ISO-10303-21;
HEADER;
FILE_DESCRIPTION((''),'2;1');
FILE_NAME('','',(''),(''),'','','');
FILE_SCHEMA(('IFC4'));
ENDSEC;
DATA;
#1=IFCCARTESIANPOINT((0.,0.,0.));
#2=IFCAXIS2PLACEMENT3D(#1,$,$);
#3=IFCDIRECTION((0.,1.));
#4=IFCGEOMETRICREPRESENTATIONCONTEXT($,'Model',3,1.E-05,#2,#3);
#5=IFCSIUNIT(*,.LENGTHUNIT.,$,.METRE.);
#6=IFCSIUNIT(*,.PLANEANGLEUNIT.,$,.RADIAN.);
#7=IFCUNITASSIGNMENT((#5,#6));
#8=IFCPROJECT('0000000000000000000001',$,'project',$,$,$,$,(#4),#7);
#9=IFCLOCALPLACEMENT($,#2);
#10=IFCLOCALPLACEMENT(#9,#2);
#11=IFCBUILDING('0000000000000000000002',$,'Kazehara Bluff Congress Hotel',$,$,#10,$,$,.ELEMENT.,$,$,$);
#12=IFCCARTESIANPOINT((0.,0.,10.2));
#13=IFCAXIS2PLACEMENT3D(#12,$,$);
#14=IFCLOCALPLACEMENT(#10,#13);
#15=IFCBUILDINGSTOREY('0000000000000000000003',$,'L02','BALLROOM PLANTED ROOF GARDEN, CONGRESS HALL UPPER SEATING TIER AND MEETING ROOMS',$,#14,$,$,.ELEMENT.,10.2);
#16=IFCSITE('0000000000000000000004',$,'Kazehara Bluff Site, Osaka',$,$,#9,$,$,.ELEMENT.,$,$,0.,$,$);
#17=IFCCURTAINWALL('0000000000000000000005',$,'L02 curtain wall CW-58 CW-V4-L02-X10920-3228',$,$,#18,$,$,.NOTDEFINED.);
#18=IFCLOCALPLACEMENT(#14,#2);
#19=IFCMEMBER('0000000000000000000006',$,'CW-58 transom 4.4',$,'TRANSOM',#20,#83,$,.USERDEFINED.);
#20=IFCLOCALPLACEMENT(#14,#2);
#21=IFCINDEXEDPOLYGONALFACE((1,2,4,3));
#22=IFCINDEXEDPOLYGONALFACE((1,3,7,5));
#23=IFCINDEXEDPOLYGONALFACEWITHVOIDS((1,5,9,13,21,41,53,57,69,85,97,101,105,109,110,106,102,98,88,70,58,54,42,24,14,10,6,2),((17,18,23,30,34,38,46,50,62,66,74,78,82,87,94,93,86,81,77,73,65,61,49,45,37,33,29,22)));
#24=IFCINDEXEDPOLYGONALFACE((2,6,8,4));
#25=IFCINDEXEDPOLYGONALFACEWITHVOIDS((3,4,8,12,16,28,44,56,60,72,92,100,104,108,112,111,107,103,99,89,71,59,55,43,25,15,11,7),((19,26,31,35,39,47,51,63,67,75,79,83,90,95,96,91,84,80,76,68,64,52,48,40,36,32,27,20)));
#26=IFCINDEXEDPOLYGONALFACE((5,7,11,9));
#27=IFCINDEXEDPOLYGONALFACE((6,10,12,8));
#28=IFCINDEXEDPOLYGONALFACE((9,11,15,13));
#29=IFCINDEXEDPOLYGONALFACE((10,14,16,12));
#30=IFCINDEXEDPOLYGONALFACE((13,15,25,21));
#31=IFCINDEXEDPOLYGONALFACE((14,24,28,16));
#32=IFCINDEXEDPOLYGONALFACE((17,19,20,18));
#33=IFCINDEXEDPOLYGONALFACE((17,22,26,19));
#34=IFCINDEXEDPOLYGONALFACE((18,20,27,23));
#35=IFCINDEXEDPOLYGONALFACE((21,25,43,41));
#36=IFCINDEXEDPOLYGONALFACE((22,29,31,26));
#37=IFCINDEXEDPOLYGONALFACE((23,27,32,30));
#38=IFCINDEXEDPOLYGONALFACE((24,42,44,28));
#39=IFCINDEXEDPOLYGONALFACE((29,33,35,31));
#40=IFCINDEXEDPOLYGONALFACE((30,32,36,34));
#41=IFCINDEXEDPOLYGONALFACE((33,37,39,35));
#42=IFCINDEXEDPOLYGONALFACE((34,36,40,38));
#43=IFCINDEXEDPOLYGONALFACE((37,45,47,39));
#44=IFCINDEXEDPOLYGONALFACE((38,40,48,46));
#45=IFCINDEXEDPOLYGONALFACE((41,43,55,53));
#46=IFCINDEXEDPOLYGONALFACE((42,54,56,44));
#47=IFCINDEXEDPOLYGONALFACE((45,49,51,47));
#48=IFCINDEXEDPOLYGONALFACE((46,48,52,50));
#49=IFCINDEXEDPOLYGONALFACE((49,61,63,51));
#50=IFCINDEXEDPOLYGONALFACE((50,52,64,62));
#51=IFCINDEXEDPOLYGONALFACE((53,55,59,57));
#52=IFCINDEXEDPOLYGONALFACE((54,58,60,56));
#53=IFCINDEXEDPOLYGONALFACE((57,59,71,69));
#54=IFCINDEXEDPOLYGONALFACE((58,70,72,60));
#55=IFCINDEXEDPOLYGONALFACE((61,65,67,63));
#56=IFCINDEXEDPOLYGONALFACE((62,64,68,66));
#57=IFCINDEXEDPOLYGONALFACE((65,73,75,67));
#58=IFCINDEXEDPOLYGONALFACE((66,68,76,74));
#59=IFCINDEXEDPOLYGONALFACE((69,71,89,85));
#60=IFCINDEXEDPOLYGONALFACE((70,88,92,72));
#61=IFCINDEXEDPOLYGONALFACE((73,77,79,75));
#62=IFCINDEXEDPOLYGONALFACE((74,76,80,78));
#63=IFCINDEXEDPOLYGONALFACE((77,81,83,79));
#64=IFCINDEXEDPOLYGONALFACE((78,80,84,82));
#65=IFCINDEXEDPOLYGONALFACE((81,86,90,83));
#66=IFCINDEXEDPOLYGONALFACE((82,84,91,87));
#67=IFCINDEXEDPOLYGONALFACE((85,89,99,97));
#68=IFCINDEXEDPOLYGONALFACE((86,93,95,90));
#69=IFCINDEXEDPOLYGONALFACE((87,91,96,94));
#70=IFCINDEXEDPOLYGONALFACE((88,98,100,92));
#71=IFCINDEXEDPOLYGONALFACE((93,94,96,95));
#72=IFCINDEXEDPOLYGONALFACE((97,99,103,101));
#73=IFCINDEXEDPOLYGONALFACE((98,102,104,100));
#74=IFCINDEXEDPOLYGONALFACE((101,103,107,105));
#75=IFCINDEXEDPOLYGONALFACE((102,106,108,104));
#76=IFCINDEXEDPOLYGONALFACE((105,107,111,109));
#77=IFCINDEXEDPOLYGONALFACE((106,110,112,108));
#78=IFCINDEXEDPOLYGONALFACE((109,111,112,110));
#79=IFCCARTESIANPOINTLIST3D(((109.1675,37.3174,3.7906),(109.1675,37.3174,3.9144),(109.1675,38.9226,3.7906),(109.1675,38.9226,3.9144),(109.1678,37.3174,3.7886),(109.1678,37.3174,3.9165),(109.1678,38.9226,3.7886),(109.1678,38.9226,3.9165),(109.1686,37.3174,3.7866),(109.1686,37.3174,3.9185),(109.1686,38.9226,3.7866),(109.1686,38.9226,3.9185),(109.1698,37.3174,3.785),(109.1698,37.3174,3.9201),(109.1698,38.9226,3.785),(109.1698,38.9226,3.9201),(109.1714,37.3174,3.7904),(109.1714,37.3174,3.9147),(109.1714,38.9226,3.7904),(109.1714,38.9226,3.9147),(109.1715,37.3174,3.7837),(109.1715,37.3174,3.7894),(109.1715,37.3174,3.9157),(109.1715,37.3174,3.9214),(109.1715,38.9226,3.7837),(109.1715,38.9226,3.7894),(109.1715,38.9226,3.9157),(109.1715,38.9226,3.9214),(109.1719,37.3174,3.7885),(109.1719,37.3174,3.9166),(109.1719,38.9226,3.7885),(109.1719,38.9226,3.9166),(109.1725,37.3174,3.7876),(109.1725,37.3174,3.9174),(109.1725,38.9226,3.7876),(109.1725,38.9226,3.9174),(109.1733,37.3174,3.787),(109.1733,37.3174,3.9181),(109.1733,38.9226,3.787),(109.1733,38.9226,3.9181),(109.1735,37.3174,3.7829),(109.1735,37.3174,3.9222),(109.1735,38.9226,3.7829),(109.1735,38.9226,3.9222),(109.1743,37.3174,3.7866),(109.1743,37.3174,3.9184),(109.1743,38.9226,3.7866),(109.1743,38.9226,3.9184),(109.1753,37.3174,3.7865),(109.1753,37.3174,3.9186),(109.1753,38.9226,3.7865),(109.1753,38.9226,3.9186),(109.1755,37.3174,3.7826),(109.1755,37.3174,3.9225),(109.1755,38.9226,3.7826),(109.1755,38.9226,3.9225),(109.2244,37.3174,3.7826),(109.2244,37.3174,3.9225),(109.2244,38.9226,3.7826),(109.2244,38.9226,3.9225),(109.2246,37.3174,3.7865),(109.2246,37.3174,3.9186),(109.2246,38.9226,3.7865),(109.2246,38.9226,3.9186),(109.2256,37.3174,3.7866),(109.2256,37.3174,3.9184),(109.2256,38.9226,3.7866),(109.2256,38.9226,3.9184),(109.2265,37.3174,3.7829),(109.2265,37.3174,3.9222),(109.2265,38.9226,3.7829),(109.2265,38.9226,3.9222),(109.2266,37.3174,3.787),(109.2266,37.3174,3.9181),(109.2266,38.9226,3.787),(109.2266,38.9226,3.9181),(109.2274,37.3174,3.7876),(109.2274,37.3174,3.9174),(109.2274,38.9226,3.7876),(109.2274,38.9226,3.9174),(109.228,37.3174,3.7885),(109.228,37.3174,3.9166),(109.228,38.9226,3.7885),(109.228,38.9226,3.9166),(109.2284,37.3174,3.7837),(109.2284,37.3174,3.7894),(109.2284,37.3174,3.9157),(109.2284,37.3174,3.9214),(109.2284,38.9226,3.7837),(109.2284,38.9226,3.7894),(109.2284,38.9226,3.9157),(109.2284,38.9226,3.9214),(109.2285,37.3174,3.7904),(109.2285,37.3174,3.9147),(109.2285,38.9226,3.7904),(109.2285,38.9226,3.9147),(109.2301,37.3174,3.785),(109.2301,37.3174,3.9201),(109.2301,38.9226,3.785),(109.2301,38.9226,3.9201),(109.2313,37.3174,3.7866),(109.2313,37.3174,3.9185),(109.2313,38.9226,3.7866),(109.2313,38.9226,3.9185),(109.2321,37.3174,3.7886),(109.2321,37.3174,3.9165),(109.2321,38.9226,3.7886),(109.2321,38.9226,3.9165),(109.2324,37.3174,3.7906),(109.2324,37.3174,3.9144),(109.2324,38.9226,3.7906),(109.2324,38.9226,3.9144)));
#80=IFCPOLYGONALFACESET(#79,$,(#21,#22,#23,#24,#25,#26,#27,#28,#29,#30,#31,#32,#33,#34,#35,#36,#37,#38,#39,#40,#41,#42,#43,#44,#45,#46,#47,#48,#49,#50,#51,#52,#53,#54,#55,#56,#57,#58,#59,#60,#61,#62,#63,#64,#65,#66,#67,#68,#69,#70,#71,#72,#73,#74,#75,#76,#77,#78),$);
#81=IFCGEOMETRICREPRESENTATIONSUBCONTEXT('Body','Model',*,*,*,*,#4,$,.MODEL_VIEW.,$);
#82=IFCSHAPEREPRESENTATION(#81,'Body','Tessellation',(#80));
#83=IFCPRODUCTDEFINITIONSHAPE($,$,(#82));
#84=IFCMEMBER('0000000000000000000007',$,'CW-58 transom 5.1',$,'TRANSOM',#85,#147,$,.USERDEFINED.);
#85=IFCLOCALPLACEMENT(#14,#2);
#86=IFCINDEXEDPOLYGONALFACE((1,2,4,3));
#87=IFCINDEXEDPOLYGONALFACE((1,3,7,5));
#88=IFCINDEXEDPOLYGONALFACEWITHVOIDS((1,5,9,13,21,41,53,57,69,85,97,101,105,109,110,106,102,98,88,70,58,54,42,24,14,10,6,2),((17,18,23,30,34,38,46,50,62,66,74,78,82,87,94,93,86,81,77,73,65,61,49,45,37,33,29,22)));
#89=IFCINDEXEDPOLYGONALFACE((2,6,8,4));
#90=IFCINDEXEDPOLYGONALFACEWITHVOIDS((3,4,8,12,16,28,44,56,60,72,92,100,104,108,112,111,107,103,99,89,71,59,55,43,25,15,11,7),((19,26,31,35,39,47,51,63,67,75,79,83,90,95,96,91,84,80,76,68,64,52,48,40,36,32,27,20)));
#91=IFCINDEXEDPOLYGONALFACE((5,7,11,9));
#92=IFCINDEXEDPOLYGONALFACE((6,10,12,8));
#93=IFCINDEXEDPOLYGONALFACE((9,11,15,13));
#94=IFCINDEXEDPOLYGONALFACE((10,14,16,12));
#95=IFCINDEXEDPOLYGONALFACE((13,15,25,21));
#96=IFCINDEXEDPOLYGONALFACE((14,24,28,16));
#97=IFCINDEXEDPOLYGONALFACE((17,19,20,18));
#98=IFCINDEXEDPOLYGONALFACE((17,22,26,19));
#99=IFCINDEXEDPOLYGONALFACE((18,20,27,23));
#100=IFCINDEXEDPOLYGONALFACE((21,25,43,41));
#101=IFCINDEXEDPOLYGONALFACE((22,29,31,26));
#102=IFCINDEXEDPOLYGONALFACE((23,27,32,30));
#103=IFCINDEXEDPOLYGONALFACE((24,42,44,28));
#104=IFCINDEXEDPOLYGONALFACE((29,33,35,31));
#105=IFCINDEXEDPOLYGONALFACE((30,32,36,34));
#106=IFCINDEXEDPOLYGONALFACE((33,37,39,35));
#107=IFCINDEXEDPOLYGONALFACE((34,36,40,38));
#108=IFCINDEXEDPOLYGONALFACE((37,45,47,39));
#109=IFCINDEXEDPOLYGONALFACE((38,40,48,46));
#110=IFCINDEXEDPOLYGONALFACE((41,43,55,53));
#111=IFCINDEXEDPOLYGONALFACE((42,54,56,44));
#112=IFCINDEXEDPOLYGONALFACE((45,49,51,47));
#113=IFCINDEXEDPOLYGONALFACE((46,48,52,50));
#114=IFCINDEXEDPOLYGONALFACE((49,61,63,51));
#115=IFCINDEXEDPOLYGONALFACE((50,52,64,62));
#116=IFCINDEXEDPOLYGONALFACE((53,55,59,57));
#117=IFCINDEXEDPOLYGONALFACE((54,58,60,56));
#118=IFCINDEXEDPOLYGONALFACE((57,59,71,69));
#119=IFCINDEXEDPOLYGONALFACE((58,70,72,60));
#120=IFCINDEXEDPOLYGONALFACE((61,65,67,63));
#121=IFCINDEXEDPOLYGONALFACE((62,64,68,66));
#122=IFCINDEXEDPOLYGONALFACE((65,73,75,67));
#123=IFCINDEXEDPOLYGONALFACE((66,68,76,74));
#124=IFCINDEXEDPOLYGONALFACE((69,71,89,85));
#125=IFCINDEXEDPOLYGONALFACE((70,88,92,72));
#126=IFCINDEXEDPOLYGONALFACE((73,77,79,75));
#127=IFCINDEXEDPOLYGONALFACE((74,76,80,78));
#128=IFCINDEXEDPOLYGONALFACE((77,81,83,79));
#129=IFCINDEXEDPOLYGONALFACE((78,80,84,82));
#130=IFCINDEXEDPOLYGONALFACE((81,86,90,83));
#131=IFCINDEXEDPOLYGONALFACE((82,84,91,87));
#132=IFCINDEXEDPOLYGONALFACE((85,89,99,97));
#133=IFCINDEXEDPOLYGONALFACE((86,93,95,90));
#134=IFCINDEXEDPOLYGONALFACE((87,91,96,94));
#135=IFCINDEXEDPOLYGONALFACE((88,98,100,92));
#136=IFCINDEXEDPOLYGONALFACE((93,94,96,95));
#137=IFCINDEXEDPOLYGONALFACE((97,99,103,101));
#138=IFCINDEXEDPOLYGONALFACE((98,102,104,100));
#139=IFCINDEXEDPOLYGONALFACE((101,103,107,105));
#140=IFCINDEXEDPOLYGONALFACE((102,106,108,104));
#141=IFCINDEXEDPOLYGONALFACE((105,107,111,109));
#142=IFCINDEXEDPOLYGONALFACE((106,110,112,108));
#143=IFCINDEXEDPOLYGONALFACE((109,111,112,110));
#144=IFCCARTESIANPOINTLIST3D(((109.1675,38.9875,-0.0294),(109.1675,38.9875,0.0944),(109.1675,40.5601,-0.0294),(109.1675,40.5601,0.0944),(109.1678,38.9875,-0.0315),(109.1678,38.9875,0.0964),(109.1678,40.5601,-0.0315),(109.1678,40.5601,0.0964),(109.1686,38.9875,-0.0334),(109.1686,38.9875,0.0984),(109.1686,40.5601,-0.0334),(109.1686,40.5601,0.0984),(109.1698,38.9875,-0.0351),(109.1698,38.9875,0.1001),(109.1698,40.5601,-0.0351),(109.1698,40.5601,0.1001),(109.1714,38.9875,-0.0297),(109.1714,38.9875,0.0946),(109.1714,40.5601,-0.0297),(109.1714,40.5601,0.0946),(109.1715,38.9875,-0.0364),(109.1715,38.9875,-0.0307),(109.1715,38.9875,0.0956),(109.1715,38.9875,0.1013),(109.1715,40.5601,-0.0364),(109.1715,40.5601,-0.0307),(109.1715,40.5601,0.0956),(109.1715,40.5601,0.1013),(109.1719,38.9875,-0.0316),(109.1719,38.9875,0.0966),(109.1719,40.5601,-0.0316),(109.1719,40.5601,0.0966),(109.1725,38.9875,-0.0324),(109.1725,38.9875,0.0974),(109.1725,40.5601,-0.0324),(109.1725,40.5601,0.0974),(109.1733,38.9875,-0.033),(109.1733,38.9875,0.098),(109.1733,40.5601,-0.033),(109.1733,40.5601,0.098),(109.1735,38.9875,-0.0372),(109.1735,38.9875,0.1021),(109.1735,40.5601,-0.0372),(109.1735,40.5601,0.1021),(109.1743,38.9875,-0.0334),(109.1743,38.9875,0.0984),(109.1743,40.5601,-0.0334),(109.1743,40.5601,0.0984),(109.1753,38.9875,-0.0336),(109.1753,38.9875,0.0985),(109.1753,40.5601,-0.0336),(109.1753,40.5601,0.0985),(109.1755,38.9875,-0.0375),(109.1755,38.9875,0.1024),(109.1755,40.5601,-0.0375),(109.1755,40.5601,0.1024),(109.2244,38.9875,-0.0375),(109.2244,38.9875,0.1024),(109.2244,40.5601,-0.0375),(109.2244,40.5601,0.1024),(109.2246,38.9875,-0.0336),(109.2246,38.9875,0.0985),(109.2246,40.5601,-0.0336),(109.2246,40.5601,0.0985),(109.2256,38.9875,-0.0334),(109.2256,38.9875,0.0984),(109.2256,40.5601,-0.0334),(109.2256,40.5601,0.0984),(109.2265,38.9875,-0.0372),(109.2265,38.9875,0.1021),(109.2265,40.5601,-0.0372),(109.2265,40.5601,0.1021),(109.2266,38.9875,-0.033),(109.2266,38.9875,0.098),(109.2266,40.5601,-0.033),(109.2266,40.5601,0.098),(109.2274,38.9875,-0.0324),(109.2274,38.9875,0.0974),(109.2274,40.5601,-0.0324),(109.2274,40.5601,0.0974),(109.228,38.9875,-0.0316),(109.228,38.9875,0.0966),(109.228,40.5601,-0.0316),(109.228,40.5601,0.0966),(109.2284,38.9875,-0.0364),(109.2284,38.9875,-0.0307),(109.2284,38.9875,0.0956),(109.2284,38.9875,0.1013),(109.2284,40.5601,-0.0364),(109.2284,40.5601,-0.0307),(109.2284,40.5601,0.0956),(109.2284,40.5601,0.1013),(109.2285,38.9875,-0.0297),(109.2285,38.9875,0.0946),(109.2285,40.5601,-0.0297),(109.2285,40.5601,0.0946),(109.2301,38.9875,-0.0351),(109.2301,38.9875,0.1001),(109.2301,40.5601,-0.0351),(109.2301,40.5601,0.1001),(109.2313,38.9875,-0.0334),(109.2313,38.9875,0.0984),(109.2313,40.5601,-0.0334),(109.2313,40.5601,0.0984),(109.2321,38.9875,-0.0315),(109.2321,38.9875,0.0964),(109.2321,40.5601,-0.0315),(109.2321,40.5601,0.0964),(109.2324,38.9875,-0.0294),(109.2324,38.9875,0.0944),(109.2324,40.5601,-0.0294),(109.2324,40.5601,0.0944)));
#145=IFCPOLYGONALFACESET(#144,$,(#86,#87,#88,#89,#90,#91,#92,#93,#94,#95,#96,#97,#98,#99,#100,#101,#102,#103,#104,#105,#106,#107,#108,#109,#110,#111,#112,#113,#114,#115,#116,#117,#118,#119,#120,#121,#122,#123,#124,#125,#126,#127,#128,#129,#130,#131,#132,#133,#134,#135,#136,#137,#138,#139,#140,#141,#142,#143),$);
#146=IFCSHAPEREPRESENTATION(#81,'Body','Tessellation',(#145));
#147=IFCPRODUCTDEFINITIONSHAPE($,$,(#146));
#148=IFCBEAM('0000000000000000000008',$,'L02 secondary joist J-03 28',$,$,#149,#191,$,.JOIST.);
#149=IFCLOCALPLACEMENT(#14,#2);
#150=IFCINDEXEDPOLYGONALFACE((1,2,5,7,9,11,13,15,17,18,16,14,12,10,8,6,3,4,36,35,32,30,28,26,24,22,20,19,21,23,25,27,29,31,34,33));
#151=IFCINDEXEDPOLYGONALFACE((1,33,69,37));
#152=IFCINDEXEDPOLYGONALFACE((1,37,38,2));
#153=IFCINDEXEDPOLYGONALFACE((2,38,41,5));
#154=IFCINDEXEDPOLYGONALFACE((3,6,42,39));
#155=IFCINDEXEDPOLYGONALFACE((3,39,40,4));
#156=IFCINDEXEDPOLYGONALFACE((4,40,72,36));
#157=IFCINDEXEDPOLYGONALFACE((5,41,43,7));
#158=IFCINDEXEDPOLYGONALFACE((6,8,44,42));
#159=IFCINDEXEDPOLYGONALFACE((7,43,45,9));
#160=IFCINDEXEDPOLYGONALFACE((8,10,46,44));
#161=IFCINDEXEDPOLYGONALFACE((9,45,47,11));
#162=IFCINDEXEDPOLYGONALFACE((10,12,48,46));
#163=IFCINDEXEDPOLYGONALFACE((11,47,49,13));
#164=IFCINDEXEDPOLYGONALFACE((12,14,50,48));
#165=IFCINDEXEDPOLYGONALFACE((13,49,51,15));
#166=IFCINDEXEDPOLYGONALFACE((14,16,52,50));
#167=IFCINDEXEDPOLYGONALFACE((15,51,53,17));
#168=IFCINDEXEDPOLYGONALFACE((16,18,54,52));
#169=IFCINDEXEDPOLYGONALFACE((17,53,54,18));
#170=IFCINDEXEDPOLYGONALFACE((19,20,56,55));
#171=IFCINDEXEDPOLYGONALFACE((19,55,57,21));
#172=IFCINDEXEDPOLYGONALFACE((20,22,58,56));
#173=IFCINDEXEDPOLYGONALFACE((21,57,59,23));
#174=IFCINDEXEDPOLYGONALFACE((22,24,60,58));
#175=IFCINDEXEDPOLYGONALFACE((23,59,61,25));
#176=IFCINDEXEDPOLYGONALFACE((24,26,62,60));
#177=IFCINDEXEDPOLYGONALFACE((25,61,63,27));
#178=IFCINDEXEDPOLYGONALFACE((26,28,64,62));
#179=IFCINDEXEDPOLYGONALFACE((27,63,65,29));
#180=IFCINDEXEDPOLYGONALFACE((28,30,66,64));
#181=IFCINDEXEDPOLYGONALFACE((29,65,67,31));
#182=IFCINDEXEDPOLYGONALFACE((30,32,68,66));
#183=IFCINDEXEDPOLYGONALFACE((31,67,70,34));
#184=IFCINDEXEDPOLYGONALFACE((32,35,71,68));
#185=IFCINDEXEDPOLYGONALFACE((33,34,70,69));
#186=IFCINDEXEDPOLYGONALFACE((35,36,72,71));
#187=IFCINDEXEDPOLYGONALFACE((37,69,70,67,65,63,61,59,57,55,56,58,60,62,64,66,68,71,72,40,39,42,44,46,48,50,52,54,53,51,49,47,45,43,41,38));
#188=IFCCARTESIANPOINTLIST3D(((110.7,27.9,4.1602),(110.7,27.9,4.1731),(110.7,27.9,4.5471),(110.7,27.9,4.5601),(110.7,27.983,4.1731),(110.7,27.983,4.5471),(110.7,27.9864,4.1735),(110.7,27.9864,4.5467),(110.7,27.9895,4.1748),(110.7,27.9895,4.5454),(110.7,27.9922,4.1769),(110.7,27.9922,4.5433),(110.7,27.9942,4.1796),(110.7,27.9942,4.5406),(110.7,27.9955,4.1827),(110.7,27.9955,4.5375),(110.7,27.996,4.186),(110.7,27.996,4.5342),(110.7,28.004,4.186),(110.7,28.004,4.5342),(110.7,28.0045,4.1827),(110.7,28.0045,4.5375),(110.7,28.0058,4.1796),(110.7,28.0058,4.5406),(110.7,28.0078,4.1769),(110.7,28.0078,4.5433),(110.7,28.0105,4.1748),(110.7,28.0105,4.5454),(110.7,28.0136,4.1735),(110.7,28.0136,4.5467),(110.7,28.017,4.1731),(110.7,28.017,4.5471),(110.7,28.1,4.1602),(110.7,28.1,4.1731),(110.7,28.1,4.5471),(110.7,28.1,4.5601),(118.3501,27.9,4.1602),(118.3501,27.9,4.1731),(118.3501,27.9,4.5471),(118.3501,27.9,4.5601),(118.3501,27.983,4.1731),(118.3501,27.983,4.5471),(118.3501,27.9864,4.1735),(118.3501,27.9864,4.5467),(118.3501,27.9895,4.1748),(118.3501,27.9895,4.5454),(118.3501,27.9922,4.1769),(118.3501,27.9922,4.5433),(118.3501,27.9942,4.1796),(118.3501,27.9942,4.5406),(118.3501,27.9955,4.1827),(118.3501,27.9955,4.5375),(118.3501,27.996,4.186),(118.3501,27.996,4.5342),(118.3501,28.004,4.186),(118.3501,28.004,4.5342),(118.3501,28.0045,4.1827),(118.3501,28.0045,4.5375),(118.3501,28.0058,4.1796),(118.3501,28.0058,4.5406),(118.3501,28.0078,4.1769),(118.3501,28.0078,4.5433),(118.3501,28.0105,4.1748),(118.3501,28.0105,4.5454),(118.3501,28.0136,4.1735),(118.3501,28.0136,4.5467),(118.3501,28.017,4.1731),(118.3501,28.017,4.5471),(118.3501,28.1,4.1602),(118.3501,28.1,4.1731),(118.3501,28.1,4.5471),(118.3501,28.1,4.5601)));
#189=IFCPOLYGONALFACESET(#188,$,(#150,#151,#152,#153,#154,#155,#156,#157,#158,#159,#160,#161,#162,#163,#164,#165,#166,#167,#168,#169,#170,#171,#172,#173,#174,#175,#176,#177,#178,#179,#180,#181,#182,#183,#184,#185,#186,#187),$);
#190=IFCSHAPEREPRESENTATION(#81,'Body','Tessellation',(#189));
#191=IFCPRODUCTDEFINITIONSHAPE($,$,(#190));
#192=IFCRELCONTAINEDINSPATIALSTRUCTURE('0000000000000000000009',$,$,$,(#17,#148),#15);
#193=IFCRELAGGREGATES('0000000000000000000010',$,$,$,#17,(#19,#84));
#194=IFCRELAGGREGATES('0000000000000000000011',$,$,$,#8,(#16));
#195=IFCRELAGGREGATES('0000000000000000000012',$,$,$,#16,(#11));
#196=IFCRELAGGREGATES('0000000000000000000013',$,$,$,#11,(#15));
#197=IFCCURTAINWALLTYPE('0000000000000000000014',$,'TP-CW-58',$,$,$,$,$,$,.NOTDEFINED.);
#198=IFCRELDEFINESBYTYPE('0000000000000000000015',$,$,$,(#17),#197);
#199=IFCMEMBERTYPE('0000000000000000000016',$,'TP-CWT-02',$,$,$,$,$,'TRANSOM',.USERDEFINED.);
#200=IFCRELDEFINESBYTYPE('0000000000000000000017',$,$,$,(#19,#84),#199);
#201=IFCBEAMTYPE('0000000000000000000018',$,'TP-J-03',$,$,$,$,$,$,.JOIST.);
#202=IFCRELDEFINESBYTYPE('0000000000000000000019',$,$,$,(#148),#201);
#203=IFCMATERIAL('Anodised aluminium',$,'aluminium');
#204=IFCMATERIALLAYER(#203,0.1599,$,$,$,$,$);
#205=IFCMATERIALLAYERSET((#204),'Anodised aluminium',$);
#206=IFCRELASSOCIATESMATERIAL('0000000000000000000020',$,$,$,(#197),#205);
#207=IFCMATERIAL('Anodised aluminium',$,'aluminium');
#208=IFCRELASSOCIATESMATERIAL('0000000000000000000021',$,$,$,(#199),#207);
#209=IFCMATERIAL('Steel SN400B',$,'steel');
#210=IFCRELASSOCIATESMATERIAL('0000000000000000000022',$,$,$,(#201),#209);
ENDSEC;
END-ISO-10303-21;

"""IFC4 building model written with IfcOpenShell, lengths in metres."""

from ifc_helpers import new_model, si_unit, direction, frame, origin, origin_2d, place, context, subcontext, project, spatial, hollow_rectangle, i_section, extrude, material, layer, layer_set, material_profile, profile_set, type_object, element, aggregate, save


model = new_model("IFC4")

# Units and contexts
model_context = context("Model", 3, precision=1e-05, world=origin(), true_north=direction((0.0, 1.0)))
body_context = subcontext(model_context, "Body", "Model", "MODEL_VIEW")
ifc_project = project(units=[si_unit("LENGTHUNIT", "METRE"), si_unit("PLANEANGLEUNIT", "RADIAN")], contexts=[model_context])

# Site, building, storey
site_placement = place(None, origin())
site = spatial("IfcSite", under=ifc_project, at=site_placement, Name="Kazehara Bluff Site, Osaka", CompositionType="ELEMENT", RefElevation=0.0)
building_placement = place(site_placement, origin())
building = spatial("IfcBuilding", under=site, at=building_placement, Name="Kazehara Bluff Congress Hotel", CompositionType="ELEMENT")
storey_placement = place(building_placement, frame((0.0, 0.0, 10.2)))
storey = spatial("IfcBuildingStorey", under=building, at=storey_placement, Name="L02", Description="BALLROOM PLANTED ROOF GARDEN, CONGRESS HALL UPPER SEATING TIER AND MEETING ROOMS", CompositionType="ELEMENT", Elevation=10.2)

# Curtain wall, members
ifc_material_1 = material(Name="Anodised aluminium", Category="aluminium")
ifc_layer_1 = layer(ifc_material_1, 0.1599)
ifc_layer_set_1 = layer_set([ifc_layer_1], Name="Anodised aluminium")
curtain_wall_type = type_object("IfcCurtainWallType", Name="TP-CW-58", PredefinedType="NOTDEFINED", material=ifc_layer_set_1)
curtain_wall_placement = place(storey_placement, origin())
curtain_wall = element("IfcCurtainWall", 1, at=curtain_wall_placement, inside=storey, type_object=curtain_wall_type, Name="L02 curtain wall CW-58 CW-V4-L02-X10920-3228", PredefinedType="NOTDEFINED")
ifc_material_2 = material(Name="Anodised aluminium", Category="aluminium")
ifc_material_profile_1 = material_profile(ifc_material_2, hollow_rectangle(XDim=0.0649, YDim=0.1399, WallThickness=0.0039, InnerFilletRadius=0.0039, OuterFilletRadius=0.0081, at=origin_2d()))
ifc_profile_set_1 = profile_set([ifc_material_profile_1], Name="Anodised aluminium")
member_type_1 = type_object("IfcMemberType", Name="TP-CWT-02", ElementType="TRANSOM", PredefinedType="USERDEFINED", material=ifc_profile_set_1)
member_1_placement = place(storey_placement, frame((109.2, 37.3174, 3.8525), z_axis=(0.0, 1.0, 0.0), x_axis=(-1.0, 0.0, 0.0)))
member_1 = element("IfcMember", 2, at=member_1_placement, type_object=member_type_1, Name="CW-58 transom 4.4", ObjectType="TRANSOM", PredefinedType="USERDEFINED", context=body_context, shape_type="SweptSolid", body=[
    extrude(hollow_rectangle(XDim=0.0649, YDim=0.1399, WallThickness=0.0039, InnerFilletRadius=0.0039, OuterFilletRadius=0.0081, at=origin_2d()), origin(), (0.0, 0.0, 1.0), 1.6052),
])
member_2_placement = place(storey_placement, frame((109.2, 38.9875, 0.0325), z_axis=(0.0, 1.0, 0.0), x_axis=(-1.0, 0.0, 0.0)))
member_2 = element("IfcMember", 3, at=member_2_placement, type_object=member_type_1, Name="CW-58 transom 5.1", ObjectType="TRANSOM", PredefinedType="USERDEFINED", context=body_context, shape_type="SweptSolid", body=[
    extrude(hollow_rectangle(XDim=0.0649, YDim=0.1399, WallThickness=0.0039, InnerFilletRadius=0.0039, OuterFilletRadius=0.0081, at=origin_2d()), origin(), (0.0, 0.0, 1.0), 1.5725),
])

# Beam
ifc_material_3 = material(Name="Steel SN400B", Category="steel")
ifc_material_profile_2 = material_profile(ifc_material_3, i_section(OverallWidth=0.2, OverallDepth=0.3999, WebThickness=0.0081, FlangeThickness=0.0129, FilletRadius=0.0129, at=origin_2d()))
ifc_profile_set_2 = profile_set([ifc_material_profile_2], Name="Steel SN400B")
beam_type = type_object("IfcBeamType", Name="TP-J-03", PredefinedType="JOIST", material=ifc_profile_set_2)
beam_placement = place(storey_placement, frame((110.7, 28.0, 4.3601), z_axis=(1.0, 0.0, 0.0), x_axis=(0.0, 1.0, 0.0)))
element("IfcBeam", 4, at=beam_placement, inside=storey, type_object=beam_type, Name="L02 secondary joist J-03 28", PredefinedType="JOIST", context=body_context, shape_type="SweptSolid", body=[
    extrude(i_section(OverallWidth=0.2, OverallDepth=0.3999, WebThickness=0.0081, FlangeThickness=0.0129, FilletRadius=0.0129, at=origin_2d()), origin(), (0.0, 0.0, 1.0), 7.6501),
])

aggregate(curtain_wall, [member_1, member_2])

save(model, "model.ifc")
